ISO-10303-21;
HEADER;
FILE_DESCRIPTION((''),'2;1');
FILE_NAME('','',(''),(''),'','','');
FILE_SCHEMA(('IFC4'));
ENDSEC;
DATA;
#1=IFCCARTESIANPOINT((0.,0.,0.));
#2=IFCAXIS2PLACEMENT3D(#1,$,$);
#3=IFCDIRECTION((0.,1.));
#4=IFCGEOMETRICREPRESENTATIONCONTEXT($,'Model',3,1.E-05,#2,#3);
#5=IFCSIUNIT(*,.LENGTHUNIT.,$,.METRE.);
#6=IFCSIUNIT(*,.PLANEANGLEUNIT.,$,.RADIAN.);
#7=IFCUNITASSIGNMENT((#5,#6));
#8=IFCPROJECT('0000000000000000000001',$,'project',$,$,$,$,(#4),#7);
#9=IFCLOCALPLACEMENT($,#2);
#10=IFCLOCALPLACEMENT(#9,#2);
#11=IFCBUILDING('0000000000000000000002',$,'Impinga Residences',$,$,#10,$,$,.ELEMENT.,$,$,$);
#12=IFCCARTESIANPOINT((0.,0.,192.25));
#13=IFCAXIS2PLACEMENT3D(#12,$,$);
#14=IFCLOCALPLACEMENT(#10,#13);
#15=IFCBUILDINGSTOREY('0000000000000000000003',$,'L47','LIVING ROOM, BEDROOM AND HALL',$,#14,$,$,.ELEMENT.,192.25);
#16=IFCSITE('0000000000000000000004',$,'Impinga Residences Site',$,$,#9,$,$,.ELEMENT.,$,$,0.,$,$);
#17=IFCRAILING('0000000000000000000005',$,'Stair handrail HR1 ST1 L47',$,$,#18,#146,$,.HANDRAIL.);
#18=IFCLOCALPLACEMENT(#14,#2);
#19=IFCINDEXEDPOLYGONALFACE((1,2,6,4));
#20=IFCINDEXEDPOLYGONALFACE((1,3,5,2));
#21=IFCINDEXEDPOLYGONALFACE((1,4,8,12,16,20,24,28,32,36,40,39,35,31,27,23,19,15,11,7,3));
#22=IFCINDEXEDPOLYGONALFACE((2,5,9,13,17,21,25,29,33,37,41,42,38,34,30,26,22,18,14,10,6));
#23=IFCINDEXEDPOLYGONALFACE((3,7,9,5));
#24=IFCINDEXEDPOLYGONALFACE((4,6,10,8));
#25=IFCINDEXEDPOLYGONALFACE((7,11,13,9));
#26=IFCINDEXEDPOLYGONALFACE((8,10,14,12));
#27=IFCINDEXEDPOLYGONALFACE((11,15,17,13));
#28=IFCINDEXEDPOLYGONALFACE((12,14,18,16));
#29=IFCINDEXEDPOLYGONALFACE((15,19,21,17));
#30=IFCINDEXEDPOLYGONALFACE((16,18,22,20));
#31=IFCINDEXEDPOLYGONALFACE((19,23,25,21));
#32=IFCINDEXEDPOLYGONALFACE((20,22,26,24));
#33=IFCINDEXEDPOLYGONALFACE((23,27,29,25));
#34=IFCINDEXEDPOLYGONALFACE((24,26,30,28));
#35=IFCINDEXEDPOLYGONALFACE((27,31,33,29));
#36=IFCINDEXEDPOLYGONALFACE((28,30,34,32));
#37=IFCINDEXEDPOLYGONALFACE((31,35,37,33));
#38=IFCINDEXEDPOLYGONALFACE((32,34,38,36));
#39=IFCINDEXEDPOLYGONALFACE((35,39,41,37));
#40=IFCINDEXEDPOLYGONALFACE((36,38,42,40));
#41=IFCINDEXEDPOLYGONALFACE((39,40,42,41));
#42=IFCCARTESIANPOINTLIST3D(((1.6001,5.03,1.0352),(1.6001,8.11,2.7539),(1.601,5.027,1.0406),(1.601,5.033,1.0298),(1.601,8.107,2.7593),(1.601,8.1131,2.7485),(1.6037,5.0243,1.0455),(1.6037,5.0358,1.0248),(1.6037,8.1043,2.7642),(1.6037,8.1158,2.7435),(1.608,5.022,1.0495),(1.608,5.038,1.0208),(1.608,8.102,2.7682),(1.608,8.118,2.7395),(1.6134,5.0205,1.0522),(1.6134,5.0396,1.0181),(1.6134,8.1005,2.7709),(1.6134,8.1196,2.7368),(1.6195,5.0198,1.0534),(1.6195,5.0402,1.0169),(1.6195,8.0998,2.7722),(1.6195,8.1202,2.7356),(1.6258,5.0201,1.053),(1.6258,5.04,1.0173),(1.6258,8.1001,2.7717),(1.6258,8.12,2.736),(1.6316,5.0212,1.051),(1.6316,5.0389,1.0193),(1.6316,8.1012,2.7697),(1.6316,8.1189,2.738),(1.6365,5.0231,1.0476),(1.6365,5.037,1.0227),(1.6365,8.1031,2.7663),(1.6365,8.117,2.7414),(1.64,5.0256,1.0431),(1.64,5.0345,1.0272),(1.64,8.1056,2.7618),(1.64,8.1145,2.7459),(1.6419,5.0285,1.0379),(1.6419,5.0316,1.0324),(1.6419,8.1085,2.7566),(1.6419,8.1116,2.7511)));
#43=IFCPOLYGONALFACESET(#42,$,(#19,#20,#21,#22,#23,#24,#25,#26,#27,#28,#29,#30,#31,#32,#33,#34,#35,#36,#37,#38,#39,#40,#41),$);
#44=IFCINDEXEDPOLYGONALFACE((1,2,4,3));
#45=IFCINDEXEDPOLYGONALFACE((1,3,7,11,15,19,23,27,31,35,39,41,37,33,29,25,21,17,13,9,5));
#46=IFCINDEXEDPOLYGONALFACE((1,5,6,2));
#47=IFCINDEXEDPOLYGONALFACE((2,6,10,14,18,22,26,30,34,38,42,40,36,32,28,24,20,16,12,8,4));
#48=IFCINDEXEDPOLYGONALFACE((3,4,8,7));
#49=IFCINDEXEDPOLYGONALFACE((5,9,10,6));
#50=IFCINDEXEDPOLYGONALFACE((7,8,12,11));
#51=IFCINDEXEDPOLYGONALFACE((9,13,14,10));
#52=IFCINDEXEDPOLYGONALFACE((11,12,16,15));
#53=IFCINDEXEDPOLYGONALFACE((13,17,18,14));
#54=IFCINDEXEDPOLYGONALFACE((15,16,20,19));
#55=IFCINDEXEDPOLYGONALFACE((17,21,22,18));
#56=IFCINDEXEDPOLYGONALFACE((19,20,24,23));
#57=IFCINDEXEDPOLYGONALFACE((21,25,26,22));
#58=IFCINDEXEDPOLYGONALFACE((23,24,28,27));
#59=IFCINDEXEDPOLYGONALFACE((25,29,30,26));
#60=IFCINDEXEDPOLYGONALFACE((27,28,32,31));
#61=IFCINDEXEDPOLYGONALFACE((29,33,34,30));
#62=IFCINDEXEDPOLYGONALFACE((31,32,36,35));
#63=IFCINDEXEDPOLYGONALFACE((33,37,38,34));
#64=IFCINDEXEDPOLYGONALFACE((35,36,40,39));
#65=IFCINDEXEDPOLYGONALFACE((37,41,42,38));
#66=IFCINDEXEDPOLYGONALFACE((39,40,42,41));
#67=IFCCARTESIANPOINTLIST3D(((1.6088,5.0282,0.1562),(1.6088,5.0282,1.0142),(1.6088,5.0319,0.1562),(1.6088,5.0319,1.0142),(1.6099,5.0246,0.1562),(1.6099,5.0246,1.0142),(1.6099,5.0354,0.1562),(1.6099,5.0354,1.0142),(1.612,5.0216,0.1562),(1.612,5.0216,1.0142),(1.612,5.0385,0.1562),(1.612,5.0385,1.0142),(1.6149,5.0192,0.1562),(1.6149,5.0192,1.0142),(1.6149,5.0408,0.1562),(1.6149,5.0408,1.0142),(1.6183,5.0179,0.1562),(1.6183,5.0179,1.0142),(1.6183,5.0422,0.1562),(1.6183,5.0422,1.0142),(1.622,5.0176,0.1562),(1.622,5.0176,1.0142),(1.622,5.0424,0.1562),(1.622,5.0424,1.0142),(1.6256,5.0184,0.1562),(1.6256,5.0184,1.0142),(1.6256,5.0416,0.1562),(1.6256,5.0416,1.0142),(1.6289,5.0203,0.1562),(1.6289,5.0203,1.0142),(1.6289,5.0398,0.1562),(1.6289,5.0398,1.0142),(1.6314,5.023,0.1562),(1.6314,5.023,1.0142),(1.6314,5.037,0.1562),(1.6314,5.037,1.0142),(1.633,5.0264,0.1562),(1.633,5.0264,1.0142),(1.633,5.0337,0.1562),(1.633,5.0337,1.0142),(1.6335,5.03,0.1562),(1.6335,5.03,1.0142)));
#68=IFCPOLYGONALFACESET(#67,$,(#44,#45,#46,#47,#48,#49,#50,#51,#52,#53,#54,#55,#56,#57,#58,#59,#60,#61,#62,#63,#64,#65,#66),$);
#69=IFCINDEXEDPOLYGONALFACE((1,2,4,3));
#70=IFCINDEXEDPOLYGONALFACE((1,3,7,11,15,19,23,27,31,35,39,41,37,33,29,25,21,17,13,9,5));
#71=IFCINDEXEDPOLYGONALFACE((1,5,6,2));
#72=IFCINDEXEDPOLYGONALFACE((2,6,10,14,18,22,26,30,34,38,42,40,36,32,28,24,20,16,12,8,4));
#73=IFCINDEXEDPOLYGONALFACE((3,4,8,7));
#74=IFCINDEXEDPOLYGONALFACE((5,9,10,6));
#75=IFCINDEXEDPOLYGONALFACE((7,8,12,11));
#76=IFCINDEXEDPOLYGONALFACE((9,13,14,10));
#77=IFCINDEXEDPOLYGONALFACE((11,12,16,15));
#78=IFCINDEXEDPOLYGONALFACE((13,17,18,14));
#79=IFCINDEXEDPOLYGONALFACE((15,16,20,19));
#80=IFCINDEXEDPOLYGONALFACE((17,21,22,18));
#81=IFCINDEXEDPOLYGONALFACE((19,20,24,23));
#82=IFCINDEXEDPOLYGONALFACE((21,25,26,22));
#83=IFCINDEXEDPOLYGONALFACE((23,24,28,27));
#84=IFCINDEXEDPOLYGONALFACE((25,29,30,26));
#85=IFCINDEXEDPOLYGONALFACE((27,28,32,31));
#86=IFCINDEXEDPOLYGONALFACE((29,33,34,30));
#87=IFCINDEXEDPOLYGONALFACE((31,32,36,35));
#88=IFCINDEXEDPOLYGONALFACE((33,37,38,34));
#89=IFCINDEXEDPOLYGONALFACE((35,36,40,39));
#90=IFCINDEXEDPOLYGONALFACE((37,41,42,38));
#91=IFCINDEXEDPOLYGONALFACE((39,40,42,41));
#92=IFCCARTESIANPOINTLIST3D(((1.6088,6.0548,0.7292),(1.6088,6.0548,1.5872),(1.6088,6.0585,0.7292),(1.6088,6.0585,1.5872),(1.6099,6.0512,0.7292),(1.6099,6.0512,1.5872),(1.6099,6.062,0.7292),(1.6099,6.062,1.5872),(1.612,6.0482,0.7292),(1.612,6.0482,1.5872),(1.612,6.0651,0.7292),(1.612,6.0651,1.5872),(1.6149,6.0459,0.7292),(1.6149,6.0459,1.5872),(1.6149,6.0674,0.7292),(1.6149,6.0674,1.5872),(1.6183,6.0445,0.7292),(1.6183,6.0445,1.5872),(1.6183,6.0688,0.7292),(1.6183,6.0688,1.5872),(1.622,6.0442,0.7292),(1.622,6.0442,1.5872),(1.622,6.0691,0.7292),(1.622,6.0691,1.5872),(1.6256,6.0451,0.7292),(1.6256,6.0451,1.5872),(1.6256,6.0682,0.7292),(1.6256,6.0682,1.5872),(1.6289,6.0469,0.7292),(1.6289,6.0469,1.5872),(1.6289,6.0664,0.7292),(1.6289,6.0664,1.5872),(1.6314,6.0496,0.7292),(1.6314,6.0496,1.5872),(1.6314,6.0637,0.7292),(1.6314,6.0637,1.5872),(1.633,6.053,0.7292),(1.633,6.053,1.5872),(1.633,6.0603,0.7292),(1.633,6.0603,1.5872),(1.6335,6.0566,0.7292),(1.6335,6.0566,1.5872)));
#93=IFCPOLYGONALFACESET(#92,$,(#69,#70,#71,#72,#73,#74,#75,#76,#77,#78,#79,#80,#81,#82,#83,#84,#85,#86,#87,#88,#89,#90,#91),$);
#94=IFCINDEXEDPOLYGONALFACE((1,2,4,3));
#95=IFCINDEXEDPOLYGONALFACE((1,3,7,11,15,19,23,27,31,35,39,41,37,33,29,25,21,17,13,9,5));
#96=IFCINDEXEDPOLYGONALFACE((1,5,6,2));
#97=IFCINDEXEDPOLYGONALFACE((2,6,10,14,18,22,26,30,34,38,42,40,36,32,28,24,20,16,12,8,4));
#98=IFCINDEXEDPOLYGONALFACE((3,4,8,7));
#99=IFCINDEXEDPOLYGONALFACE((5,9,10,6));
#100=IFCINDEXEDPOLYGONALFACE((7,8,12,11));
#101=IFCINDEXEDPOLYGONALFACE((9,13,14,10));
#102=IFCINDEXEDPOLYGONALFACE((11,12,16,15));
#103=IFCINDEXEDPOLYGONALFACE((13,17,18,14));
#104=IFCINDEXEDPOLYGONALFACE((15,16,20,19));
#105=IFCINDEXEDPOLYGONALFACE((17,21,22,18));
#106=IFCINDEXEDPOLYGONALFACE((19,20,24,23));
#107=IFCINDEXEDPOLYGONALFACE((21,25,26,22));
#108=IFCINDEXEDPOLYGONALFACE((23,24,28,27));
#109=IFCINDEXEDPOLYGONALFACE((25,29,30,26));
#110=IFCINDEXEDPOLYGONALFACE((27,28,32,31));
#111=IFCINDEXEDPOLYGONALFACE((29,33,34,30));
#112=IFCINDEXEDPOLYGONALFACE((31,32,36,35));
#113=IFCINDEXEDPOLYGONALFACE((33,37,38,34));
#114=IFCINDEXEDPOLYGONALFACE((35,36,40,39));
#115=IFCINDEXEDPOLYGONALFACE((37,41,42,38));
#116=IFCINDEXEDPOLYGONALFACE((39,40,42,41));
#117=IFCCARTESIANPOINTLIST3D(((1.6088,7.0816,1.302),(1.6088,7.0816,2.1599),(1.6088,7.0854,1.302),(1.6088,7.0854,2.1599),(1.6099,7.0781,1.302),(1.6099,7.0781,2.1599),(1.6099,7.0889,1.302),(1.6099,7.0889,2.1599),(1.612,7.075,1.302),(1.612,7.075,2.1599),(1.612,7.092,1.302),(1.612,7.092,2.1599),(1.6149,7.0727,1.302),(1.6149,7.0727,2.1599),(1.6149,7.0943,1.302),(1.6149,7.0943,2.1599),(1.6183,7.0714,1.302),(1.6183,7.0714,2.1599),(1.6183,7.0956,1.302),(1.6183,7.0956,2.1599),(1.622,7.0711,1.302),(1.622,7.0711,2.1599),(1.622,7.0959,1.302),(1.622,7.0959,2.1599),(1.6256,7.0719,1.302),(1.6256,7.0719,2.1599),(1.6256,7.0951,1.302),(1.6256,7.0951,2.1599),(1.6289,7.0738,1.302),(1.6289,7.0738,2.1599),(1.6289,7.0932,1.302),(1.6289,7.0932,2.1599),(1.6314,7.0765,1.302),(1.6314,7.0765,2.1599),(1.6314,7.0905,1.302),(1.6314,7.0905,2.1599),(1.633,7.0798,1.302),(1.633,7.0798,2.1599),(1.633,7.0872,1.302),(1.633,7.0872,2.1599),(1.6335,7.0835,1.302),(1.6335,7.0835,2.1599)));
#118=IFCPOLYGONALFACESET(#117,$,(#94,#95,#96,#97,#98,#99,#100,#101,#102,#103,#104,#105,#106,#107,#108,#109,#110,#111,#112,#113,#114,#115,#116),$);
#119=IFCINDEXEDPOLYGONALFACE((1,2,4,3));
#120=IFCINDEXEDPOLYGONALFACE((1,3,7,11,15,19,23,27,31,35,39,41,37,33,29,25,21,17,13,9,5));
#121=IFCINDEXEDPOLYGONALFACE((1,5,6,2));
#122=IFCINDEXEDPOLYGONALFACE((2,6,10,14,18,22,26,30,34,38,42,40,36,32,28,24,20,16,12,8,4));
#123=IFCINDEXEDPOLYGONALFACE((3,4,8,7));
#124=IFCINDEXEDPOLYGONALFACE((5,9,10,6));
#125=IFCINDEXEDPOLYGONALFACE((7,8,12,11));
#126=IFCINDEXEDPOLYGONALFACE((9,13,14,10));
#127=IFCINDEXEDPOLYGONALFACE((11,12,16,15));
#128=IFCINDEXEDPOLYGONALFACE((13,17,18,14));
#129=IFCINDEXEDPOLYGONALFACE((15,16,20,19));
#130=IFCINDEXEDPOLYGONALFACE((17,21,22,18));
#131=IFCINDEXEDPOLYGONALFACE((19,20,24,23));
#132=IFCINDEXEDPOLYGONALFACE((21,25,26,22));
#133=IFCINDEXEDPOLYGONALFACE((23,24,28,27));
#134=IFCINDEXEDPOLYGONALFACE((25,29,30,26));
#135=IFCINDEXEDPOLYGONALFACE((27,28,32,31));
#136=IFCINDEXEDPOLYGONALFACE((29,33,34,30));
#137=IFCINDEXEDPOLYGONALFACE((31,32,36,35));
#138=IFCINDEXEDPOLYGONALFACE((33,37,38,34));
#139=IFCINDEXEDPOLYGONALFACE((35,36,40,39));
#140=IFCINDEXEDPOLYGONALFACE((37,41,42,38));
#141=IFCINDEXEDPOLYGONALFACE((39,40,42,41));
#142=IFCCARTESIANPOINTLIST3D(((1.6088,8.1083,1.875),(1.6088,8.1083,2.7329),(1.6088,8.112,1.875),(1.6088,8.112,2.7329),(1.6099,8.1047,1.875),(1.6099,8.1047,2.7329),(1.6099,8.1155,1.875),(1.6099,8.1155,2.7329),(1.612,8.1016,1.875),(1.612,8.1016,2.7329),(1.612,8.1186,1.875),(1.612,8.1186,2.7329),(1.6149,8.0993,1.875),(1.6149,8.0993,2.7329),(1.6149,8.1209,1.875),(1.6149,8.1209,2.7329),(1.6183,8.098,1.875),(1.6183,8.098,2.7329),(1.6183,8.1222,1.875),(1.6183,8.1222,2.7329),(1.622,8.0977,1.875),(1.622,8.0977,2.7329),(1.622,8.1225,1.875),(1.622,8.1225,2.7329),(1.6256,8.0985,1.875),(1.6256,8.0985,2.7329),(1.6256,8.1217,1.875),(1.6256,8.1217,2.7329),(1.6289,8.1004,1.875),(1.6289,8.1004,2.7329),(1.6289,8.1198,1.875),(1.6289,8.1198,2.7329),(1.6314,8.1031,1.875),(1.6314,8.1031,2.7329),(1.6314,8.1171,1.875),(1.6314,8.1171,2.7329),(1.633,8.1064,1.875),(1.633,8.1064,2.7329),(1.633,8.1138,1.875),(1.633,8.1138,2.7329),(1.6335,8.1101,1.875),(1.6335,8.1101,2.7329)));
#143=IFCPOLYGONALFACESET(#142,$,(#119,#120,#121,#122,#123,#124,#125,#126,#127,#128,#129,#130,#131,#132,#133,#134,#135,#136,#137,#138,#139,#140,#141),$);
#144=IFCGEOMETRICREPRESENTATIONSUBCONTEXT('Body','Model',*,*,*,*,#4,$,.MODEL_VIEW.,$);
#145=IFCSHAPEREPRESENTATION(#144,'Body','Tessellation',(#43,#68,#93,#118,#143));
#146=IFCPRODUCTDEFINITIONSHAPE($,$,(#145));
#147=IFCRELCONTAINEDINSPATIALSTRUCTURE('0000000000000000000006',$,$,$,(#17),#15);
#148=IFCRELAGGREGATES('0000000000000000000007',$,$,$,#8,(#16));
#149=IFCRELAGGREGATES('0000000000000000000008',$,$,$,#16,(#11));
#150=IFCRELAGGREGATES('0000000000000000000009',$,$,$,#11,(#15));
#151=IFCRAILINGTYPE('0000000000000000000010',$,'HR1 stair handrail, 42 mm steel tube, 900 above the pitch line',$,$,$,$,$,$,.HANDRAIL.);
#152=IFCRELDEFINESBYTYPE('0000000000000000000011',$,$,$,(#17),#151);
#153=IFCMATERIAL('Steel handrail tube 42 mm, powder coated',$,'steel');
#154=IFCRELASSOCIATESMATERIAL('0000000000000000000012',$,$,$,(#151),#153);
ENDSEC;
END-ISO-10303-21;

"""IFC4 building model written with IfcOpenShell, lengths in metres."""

from ifc_helpers import new_model, si_unit, direction, frame, origin, origin_2d, place, context, subcontext, project, spatial, circle, extrude, material, type_object, element, save


model = new_model("IFC4")

# Units and contexts
model_context = context("Model", 3, precision=1e-05, world=origin(), true_north=direction((0.0, 1.0)))
body_context = subcontext(model_context, "Body", "Model", "MODEL_VIEW")
ifc_project = project(units=[si_unit("LENGTHUNIT", "METRE"), si_unit("PLANEANGLEUNIT", "RADIAN")], contexts=[model_context])

# Site, building, storey
site_placement = place(None, origin())
site = spatial("IfcSite", under=ifc_project, at=site_placement, Name="Impinga Residences Site", CompositionType="ELEMENT", RefElevation=0.0)
building_placement = place(site_placement, origin())
building = spatial("IfcBuilding", under=site, at=building_placement, Name="Impinga Residences", CompositionType="ELEMENT")
storey_placement = place(building_placement, frame((0.0, 0.0, 192.25)))
storey = spatial("IfcBuildingStorey", under=building, at=storey_placement, Name="L47", Description="LIVING ROOM, BEDROOM AND HALL", CompositionType="ELEMENT", Elevation=192.25)

# Railing
ifc_material_1 = material(Name="Steel handrail tube 42 mm, powder coated", Category="steel")
railing_type_1 = type_object("IfcRailingType", Name="HR1 stair handrail, 42 mm steel tube, 900 above the pitch line", PredefinedType="HANDRAIL", material=ifc_material_1)
railing_1_placement = place(storey_placement, frame((1.6211, 5.03, 0.1562)))
element("IfcRailing", 1, at=railing_1_placement, inside=storey, type_object=railing_type_1, Name="Stair handrail HR1 ST1 L47", PredefinedType="HANDRAIL", context=body_context, shape_type="SweptSolid", body=[
    extrude(circle(Radius=0.021, at=origin_2d()), frame((0.0, 0.0, 0.8789), z_axis=(0.0, 0.873242, 0.487288), x_axis=(-1.0, 0.0, 0.0)), (0.0, 0.0, 1.0), 3.5271),
    extrude(circle(Radius=0.0125, at=origin_2d()), origin(), (0.0, 0.0, 1.0), 0.8579),
    extrude(circle(Radius=0.0125, at=origin_2d()), frame((0.0, 1.0266, 0.573)), (0.0, 0.0, 1.0), 0.8579),
    extrude(circle(Radius=0.0125, at=origin_2d()), frame((0.0, 2.0535, 1.1458)), (0.0, 0.0, 1.0), 0.8579),
    extrude(circle(Radius=0.0125, at=origin_2d()), frame((0.0, 3.0801, 1.7188)), (0.0, 0.0, 1.0), 0.8579),
])

save(model, "model.ifc")
